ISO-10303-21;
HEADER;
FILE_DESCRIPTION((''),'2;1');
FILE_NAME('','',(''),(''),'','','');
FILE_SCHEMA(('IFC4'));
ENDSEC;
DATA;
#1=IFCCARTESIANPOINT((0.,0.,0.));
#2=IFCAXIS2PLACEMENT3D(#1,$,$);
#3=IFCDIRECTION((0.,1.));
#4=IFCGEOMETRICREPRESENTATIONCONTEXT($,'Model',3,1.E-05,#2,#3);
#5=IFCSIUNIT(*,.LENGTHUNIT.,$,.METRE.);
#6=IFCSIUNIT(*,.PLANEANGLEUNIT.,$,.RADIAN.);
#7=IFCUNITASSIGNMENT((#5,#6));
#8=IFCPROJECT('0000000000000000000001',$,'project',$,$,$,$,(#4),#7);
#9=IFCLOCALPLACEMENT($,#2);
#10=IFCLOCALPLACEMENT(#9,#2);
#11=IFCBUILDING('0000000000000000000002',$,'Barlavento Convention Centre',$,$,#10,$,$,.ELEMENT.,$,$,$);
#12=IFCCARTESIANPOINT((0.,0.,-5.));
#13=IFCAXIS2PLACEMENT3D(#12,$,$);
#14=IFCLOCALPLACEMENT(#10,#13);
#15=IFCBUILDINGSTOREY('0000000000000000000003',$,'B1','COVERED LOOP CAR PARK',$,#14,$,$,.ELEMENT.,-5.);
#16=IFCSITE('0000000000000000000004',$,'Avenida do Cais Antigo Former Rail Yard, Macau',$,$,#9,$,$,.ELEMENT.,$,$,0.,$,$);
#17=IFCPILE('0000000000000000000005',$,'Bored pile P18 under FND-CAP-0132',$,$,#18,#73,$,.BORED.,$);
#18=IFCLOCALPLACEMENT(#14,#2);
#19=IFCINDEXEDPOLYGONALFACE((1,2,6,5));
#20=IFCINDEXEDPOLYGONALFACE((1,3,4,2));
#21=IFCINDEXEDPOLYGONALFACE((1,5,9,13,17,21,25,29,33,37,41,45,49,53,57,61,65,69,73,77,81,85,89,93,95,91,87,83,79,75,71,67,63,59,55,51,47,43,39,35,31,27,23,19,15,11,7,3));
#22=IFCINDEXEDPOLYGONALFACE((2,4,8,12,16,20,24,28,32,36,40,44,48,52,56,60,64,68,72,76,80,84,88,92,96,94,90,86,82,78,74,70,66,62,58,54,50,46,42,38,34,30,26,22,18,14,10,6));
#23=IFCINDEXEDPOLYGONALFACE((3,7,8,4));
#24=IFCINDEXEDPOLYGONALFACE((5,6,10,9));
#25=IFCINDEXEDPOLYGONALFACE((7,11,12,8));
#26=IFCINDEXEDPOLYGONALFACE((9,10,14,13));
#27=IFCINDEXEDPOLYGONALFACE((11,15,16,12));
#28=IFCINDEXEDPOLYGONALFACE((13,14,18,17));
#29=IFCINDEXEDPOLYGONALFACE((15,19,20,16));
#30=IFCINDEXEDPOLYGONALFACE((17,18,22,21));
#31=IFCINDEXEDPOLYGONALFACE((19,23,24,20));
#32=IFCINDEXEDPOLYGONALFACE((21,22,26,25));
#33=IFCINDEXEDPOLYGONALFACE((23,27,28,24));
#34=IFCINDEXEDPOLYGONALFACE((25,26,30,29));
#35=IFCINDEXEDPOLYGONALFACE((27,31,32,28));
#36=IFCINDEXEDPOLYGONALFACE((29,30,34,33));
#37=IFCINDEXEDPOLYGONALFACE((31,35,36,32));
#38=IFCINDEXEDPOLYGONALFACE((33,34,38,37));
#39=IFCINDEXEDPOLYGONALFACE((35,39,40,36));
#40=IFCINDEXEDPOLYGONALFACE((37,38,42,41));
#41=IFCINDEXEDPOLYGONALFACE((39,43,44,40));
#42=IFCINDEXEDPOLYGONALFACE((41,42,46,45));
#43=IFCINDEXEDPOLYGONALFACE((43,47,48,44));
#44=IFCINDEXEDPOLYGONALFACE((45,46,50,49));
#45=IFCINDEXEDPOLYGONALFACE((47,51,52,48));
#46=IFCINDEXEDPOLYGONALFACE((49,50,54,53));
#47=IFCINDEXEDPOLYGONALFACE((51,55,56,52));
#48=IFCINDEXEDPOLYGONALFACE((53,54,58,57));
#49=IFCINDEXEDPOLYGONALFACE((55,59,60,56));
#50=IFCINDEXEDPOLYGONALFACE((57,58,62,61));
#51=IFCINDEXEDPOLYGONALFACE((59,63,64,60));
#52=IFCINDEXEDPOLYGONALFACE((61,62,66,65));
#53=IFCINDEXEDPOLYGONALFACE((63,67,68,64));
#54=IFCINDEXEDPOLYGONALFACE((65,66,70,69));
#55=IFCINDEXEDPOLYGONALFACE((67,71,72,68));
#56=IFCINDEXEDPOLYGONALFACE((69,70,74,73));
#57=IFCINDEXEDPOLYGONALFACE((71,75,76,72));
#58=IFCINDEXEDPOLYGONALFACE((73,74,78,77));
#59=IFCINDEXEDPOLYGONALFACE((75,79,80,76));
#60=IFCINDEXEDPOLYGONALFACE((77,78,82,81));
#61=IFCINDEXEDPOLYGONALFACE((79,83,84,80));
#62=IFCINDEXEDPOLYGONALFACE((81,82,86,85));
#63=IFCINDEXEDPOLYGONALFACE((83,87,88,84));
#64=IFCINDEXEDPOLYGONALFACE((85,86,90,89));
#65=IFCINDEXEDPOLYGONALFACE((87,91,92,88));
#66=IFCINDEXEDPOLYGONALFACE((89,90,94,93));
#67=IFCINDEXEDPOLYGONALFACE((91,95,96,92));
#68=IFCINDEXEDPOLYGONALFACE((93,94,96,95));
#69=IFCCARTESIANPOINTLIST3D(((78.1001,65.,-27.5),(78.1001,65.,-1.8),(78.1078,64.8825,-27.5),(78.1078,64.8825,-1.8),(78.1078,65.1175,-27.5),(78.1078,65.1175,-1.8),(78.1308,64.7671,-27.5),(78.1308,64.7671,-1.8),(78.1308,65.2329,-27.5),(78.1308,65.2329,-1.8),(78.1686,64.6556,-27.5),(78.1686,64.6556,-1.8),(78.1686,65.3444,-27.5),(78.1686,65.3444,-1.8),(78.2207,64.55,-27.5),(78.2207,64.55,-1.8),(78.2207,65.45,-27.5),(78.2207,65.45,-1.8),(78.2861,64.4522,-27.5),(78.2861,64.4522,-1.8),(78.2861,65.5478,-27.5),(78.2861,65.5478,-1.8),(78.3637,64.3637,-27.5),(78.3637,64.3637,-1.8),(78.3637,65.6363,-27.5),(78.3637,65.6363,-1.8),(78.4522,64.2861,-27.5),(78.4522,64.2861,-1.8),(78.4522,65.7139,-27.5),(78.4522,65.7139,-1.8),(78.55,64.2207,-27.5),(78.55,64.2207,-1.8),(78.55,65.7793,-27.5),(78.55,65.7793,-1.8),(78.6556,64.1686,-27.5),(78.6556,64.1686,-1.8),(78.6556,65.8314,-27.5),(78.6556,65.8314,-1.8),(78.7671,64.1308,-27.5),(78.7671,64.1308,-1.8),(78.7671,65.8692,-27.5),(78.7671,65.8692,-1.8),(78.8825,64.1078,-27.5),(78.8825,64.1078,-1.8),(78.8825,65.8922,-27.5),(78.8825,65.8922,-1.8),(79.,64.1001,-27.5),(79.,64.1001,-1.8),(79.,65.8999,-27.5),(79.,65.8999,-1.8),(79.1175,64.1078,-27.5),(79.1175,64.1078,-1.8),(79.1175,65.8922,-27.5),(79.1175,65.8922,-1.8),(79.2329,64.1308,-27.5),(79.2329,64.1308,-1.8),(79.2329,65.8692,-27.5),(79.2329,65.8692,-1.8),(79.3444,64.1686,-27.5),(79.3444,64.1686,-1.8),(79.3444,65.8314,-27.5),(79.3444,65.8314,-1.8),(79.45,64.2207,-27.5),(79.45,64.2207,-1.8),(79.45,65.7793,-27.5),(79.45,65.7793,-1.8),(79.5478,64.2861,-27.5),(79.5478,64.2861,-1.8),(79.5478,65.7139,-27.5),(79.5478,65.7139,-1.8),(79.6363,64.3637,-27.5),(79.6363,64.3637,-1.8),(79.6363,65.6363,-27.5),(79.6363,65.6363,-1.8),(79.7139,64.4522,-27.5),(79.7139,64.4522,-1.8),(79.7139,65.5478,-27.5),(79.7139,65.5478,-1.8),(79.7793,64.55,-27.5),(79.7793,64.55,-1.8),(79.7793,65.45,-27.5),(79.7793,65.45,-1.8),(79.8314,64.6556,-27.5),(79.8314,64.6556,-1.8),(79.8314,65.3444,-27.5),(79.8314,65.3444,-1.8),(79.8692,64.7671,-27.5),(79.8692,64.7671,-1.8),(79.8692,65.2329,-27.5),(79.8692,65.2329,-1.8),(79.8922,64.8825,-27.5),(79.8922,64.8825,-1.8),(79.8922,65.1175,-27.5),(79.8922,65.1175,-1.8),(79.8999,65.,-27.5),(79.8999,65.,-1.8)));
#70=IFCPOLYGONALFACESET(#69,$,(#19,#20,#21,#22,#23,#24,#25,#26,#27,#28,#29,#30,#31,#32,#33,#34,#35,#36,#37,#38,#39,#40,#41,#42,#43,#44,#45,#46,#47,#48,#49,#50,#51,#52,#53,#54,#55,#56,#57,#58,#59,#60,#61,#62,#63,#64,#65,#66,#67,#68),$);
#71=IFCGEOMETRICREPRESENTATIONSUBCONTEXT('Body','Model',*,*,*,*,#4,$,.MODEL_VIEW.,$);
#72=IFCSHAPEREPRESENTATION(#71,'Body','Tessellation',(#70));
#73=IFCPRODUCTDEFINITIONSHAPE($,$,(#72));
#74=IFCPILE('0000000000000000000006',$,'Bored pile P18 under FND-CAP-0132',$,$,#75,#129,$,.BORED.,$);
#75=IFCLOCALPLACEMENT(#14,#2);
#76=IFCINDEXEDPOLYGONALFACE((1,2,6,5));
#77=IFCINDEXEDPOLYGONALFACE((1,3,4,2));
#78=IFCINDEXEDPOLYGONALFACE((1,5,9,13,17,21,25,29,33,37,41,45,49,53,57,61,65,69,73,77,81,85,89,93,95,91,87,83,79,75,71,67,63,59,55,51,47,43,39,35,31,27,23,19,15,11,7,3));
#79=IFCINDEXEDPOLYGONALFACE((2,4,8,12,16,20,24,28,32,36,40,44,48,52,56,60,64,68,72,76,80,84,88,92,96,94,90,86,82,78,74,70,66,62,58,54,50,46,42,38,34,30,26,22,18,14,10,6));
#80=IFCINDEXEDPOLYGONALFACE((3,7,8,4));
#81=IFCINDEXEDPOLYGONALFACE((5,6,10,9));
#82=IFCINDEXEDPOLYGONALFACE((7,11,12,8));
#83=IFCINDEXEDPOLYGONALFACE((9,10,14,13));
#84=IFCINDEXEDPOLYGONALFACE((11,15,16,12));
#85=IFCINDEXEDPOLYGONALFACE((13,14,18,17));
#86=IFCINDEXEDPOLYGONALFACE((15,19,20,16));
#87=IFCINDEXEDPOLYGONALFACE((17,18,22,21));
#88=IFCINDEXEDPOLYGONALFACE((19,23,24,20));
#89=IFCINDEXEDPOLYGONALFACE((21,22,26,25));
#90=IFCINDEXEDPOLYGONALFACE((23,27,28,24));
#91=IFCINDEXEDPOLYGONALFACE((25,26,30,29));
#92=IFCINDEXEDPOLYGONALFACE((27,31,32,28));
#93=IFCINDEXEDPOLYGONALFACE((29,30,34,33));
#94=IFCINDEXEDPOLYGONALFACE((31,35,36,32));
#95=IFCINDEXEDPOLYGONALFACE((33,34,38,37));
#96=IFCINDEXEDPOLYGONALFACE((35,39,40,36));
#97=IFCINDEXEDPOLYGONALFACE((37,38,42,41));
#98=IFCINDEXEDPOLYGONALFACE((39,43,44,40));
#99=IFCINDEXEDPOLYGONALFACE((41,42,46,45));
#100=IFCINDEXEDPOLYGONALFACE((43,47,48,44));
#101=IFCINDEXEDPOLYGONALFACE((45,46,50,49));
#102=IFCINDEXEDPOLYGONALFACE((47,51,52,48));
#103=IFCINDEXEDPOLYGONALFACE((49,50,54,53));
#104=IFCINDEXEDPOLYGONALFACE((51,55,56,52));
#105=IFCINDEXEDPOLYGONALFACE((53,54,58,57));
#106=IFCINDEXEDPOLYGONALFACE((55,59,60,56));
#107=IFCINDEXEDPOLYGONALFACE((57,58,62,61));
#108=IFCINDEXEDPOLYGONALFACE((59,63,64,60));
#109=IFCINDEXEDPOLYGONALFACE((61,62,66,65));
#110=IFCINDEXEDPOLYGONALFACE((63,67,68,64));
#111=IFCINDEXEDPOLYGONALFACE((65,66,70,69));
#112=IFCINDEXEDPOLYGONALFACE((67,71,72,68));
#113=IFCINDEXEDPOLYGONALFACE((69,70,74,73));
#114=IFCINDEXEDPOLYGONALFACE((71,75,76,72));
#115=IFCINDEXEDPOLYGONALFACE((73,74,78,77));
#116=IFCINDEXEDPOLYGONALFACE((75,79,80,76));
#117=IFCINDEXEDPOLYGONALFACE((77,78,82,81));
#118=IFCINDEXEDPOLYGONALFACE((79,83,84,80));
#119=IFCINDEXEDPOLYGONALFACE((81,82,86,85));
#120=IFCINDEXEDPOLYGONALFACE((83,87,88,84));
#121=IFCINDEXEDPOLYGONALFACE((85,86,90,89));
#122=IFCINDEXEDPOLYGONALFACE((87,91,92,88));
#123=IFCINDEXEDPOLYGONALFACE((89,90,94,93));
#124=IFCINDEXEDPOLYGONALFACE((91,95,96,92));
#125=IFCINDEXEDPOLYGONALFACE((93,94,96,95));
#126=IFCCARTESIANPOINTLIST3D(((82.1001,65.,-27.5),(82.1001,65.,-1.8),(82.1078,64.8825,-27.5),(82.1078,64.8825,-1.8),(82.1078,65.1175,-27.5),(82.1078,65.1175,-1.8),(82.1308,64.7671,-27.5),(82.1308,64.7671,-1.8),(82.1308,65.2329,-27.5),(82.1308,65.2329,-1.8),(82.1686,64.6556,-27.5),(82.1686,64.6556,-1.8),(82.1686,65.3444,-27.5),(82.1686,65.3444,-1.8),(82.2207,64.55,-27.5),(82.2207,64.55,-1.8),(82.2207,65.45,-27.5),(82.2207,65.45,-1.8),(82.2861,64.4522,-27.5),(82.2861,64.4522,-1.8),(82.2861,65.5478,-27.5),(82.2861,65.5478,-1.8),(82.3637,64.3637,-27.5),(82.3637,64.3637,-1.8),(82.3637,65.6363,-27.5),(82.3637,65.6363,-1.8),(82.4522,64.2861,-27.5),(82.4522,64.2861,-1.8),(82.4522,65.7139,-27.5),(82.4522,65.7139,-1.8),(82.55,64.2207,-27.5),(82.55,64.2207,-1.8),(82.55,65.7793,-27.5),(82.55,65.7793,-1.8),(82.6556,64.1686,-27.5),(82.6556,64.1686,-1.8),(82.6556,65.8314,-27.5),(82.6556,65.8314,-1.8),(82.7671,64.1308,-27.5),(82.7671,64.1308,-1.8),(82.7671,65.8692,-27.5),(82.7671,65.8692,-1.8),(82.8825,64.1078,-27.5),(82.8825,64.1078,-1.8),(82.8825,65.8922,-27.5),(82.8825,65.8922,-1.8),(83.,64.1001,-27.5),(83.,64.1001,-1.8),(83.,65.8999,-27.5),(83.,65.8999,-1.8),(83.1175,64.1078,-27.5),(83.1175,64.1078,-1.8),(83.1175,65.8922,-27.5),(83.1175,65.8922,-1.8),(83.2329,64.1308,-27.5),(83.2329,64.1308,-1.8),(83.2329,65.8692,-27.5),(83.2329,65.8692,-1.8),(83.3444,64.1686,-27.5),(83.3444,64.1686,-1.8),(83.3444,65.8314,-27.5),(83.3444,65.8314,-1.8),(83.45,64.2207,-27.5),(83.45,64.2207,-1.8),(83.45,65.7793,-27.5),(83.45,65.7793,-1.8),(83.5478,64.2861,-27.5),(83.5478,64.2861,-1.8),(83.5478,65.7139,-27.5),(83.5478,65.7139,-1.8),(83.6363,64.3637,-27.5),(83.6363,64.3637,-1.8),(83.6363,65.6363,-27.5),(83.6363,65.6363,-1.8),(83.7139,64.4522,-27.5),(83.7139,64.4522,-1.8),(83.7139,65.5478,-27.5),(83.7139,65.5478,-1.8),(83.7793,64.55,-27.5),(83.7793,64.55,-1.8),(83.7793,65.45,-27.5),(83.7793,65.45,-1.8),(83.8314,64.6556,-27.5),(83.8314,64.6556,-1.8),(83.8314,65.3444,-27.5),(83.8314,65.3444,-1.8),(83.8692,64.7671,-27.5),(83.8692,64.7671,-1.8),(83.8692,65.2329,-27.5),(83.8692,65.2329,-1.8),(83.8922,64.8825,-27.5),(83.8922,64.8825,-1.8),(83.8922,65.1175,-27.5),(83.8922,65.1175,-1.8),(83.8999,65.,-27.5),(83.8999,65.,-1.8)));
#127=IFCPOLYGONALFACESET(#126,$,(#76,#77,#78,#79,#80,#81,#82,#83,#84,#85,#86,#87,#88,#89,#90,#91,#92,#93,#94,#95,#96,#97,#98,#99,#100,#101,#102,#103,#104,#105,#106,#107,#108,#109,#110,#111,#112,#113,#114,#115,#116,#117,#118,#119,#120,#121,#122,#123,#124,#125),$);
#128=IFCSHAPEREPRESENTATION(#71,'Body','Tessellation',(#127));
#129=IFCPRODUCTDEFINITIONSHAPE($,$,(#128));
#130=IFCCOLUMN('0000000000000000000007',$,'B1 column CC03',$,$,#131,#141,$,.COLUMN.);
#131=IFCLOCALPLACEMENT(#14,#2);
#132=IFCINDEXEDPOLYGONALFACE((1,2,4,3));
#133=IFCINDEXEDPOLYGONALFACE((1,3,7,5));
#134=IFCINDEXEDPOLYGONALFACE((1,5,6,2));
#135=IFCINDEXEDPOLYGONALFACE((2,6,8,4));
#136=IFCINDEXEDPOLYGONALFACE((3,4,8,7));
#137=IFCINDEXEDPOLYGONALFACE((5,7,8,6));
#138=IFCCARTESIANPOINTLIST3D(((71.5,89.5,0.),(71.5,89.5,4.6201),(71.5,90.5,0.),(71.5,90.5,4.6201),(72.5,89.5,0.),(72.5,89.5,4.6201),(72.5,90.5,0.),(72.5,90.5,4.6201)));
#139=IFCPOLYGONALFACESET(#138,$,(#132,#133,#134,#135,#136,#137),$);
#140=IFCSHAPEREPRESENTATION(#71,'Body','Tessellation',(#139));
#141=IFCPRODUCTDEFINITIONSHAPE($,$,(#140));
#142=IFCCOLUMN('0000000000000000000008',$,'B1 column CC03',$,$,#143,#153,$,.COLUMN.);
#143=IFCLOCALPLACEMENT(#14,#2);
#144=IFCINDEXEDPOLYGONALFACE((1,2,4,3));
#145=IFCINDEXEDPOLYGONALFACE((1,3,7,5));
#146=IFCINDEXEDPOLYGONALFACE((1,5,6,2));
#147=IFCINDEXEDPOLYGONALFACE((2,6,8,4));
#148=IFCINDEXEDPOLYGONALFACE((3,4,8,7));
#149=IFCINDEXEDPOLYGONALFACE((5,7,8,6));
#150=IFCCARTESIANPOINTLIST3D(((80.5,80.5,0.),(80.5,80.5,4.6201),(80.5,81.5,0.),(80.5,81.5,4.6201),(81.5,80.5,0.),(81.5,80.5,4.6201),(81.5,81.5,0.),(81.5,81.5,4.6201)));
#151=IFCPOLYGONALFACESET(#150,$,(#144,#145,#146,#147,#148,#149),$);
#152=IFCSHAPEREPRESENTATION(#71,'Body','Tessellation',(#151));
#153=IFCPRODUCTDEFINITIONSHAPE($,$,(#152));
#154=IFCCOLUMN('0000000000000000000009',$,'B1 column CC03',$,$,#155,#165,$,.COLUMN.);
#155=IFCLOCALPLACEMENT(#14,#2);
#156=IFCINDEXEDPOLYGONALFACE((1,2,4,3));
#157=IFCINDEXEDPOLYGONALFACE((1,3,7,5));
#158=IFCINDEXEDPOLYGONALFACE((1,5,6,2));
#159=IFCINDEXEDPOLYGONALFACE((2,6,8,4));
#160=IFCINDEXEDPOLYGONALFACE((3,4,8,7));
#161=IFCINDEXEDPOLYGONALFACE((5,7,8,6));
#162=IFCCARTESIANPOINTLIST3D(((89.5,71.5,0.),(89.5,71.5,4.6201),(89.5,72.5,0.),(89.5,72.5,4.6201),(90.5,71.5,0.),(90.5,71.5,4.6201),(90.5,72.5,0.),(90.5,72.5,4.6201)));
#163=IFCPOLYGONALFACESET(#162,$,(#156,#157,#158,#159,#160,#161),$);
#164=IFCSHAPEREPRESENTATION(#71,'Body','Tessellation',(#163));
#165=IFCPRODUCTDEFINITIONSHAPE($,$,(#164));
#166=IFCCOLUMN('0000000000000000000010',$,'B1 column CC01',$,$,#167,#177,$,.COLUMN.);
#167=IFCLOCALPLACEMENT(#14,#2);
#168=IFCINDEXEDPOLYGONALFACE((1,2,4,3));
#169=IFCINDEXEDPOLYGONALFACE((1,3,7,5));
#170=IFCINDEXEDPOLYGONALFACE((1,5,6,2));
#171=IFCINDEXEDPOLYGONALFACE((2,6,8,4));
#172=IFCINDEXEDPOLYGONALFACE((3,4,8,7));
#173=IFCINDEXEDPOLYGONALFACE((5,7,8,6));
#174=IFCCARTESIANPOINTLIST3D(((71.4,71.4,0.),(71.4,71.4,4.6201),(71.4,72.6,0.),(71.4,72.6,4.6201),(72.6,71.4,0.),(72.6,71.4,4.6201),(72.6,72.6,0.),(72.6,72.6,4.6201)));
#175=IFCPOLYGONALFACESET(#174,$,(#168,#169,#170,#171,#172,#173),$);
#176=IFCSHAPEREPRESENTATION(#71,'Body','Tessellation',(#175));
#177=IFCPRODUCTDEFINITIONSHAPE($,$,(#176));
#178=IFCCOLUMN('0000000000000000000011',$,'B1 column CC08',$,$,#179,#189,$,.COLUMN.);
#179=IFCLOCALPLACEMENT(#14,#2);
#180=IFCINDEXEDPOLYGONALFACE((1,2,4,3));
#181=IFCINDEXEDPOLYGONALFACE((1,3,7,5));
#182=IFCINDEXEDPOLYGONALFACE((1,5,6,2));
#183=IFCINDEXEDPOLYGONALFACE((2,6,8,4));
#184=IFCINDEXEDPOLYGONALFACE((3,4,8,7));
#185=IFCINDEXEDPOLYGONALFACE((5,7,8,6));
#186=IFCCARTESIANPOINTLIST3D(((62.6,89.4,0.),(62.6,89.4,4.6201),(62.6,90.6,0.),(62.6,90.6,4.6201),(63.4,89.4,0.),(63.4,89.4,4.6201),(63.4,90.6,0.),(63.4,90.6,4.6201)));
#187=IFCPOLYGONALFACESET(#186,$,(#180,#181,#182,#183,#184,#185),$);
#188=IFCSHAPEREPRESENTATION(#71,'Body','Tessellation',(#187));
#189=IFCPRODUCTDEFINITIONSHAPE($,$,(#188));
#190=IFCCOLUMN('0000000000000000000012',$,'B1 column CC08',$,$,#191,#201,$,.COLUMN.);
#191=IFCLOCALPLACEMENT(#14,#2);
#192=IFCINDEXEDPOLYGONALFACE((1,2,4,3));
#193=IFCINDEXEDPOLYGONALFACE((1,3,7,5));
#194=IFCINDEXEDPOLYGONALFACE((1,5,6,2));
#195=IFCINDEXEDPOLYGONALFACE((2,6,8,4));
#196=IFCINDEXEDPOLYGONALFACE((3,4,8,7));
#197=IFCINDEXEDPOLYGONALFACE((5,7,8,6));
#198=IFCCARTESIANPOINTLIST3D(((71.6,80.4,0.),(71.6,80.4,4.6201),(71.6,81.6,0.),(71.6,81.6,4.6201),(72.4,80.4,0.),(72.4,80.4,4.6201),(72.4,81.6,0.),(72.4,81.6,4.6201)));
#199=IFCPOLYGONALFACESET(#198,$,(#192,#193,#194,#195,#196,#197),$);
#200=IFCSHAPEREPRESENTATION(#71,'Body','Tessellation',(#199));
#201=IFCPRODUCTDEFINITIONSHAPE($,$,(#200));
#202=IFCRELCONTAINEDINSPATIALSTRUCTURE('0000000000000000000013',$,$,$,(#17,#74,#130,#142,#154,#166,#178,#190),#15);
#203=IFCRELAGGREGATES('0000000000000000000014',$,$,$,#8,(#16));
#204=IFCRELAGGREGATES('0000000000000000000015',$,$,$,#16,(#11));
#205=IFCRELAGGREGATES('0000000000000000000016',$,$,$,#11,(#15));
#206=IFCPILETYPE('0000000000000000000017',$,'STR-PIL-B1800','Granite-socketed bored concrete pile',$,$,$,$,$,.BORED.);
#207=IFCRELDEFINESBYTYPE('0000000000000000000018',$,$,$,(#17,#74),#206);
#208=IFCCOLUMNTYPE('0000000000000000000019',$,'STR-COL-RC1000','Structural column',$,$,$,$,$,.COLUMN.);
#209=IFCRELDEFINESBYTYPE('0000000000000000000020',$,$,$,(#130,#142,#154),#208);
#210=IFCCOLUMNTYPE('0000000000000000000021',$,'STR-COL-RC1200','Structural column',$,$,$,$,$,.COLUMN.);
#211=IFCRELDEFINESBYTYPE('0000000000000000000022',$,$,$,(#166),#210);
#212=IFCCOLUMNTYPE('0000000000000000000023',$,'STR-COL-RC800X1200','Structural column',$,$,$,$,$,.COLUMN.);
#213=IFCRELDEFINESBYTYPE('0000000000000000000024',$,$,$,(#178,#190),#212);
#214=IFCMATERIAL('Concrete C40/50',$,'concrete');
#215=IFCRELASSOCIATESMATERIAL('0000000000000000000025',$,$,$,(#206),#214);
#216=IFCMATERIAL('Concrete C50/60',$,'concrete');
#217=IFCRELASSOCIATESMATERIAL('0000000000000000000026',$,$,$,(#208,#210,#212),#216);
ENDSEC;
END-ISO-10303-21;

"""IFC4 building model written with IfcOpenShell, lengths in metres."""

from ifc_helpers import new_model, si_unit, direction, frame, origin, origin_2d, place, context, subcontext, project, spatial, rectangle, circle, extrude, material, material_profile, profile_set, type_object, element, save


model = new_model("IFC4")

# Units and contexts
model_context = context("Model", 3, precision=1e-05, world=origin(), true_north=direction((0.0, 1.0)))
body_context = subcontext(model_context, "Body", "Model", "MODEL_VIEW")
ifc_project = project(units=[si_unit("LENGTHUNIT", "METRE"), si_unit("PLANEANGLEUNIT", "RADIAN")], contexts=[model_context])

# Site, building, storey
site_placement = place(None, origin())
site = spatial("IfcSite", under=ifc_project, at=site_placement, Name="Avenida do Cais Antigo Former Rail Yard, Macau", CompositionType="ELEMENT", RefElevation=0.0)
building_placement = place(site_placement, origin())
building = spatial("IfcBuilding", under=site, at=building_placement, Name="Barlavento Convention Centre", CompositionType="ELEMENT")
storey_placement = place(building_placement, frame((0.0, 0.0, -5.0)))
storey = spatial("IfcBuildingStorey", under=building, at=storey_placement, Name="B1", Description="COVERED LOOP CAR PARK", CompositionType="ELEMENT", Elevation=-5.0)

# Shared definitions
ifc_material_1 = material(Name="Concrete C40/50", Category="concrete")

# Piles
ifc_material_profile_1 = material_profile(ifc_material_1, circle(Radius=0.8999, at=origin_2d()), Name="BORED PILE 1800")
ifc_profile_set_1 = profile_set([ifc_material_profile_1], Name="Concrete C40/50")
pile_type_1 = type_object("IfcPileType", Name="STR-PIL-B1800", Description="Granite-socketed bored concrete pile", PredefinedType="BORED", material=ifc_profile_set_1)
for number, where, z_axis, x_axis, name in (
    (1, (79.0, 65.0, -1.8), (0.0, 0.0, -1.0), (1.0, 0.0, 0.0), "Bored pile P18 under FND-CAP-0132"),
    (2, (83.0, 65.0, -1.8), (0.0, 0.0, -1.0), (1.0, 0.0, 0.0), "Bored pile P18 under FND-CAP-0132"),
):
    element("IfcPile", number, at=place(storey_placement, frame(where, z_axis=z_axis, x_axis=x_axis)), inside=storey, type_object=pile_type_1, Name=name, PredefinedType="BORED", context=body_context, shape_type="SweptSolid", body=[
        extrude(circle(Radius=0.8999, at=origin_2d()), origin(), (0.0, 0.0, 1.0), 25.7),
    ])

# Columns
ifc_material_2 = material(Name="Concrete C50/60", Category="concrete")
ifc_material_profile_2 = material_profile(ifc_material_2, rectangle(XDim=1.0, YDim=1.0, at=origin_2d()), Name="RC 1000x1000")
ifc_profile_set_2 = profile_set([ifc_material_profile_2], Name="Concrete C50/60")
column_type_1 = type_object("IfcColumnType", Name="STR-COL-RC1000", Description="Structural column", PredefinedType="COLUMN", material=ifc_profile_set_2)
for number, where, z_axis, x_axis, name in (
    (3, (72.0, 90.0, 0.0), (0.0, 0.0, 1.0), (1.0, 0.0, 0.0), "B1 column CC03"),
    (4, (81.0, 81.0, 0.0), (0.0, 0.0, 1.0), (1.0, 0.0, 0.0), "B1 column CC03"),
    (5, (90.0, 72.0, 0.0), (0.0, 0.0, 1.0), (1.0, 0.0, 0.0), "B1 column CC03"),
):
    element("IfcColumn", number, at=place(storey_placement, frame(where, z_axis=z_axis, x_axis=x_axis)), inside=storey, type_object=column_type_1, Name=name, PredefinedType="COLUMN", context=body_context, shape_type="SweptSolid", body=[
        extrude(rectangle(XDim=1.0, YDim=1.0, at=origin_2d()), origin(), (0.0, 0.0, 1.0), 4.6201),
    ])
ifc_material_profile_3 = material_profile(ifc_material_2, rectangle(XDim=1.2, YDim=1.2, at=origin_2d()), Name="RC 1200x1200")
ifc_profile_set_3 = profile_set([ifc_material_profile_3], Name="Concrete C50/60")
column_type_2 = type_object("IfcColumnType", Name="STR-COL-RC1200", Description="Structural column", PredefinedType="COLUMN", material=ifc_profile_set_3)
column_placement = place(storey_placement, frame((72.0, 72.0, 0.0), z_axis=(0.0, 0.0, 1.0), x_axis=(1.0, 0.0, 0.0)))
element("IfcColumn", 6, at=column_placement, inside=storey, type_object=column_type_2, Name="B1 column CC01", PredefinedType="COLUMN", context=body_context, shape_type="SweptSolid", body=[
    extrude(rectangle(XDim=1.2, YDim=1.2, at=origin_2d()), origin(), (0.0, 0.0, 1.0), 4.6201),
])
ifc_material_profile_4 = material_profile(ifc_material_2, rectangle(XDim=0.8, YDim=1.2, at=origin_2d()), Name="RC 800x1200")
ifc_profile_set_4 = profile_set([ifc_material_profile_4], Name="Concrete C50/60")
column_type_3 = type_object("IfcColumnType", Name="STR-COL-RC800X1200", Description="Structural column", PredefinedType="COLUMN", material=ifc_profile_set_4)
for number, where, z_axis, x_axis, name in (
    (7, (63.0, 90.0, 0.0), (0.0, 0.0, 1.0), (1.0, 0.0, 0.0), "B1 column CC08"),
    (8, (72.0, 81.0, 0.0), (0.0, 0.0, 1.0), (1.0, 0.0, 0.0), "B1 column CC08"),
):
    element("IfcColumn", number, at=place(storey_placement, frame(where, z_axis=z_axis, x_axis=x_axis)), inside=storey, type_object=column_type_3, Name=name, PredefinedType="COLUMN", context=body_context, shape_type="SweptSolid", body=[
        extrude(rectangle(XDim=0.8, YDim=1.2, at=origin_2d()), origin(), (0.0, 0.0, 1.0), 4.6201),
    ])

save(model, "model.ifc")
